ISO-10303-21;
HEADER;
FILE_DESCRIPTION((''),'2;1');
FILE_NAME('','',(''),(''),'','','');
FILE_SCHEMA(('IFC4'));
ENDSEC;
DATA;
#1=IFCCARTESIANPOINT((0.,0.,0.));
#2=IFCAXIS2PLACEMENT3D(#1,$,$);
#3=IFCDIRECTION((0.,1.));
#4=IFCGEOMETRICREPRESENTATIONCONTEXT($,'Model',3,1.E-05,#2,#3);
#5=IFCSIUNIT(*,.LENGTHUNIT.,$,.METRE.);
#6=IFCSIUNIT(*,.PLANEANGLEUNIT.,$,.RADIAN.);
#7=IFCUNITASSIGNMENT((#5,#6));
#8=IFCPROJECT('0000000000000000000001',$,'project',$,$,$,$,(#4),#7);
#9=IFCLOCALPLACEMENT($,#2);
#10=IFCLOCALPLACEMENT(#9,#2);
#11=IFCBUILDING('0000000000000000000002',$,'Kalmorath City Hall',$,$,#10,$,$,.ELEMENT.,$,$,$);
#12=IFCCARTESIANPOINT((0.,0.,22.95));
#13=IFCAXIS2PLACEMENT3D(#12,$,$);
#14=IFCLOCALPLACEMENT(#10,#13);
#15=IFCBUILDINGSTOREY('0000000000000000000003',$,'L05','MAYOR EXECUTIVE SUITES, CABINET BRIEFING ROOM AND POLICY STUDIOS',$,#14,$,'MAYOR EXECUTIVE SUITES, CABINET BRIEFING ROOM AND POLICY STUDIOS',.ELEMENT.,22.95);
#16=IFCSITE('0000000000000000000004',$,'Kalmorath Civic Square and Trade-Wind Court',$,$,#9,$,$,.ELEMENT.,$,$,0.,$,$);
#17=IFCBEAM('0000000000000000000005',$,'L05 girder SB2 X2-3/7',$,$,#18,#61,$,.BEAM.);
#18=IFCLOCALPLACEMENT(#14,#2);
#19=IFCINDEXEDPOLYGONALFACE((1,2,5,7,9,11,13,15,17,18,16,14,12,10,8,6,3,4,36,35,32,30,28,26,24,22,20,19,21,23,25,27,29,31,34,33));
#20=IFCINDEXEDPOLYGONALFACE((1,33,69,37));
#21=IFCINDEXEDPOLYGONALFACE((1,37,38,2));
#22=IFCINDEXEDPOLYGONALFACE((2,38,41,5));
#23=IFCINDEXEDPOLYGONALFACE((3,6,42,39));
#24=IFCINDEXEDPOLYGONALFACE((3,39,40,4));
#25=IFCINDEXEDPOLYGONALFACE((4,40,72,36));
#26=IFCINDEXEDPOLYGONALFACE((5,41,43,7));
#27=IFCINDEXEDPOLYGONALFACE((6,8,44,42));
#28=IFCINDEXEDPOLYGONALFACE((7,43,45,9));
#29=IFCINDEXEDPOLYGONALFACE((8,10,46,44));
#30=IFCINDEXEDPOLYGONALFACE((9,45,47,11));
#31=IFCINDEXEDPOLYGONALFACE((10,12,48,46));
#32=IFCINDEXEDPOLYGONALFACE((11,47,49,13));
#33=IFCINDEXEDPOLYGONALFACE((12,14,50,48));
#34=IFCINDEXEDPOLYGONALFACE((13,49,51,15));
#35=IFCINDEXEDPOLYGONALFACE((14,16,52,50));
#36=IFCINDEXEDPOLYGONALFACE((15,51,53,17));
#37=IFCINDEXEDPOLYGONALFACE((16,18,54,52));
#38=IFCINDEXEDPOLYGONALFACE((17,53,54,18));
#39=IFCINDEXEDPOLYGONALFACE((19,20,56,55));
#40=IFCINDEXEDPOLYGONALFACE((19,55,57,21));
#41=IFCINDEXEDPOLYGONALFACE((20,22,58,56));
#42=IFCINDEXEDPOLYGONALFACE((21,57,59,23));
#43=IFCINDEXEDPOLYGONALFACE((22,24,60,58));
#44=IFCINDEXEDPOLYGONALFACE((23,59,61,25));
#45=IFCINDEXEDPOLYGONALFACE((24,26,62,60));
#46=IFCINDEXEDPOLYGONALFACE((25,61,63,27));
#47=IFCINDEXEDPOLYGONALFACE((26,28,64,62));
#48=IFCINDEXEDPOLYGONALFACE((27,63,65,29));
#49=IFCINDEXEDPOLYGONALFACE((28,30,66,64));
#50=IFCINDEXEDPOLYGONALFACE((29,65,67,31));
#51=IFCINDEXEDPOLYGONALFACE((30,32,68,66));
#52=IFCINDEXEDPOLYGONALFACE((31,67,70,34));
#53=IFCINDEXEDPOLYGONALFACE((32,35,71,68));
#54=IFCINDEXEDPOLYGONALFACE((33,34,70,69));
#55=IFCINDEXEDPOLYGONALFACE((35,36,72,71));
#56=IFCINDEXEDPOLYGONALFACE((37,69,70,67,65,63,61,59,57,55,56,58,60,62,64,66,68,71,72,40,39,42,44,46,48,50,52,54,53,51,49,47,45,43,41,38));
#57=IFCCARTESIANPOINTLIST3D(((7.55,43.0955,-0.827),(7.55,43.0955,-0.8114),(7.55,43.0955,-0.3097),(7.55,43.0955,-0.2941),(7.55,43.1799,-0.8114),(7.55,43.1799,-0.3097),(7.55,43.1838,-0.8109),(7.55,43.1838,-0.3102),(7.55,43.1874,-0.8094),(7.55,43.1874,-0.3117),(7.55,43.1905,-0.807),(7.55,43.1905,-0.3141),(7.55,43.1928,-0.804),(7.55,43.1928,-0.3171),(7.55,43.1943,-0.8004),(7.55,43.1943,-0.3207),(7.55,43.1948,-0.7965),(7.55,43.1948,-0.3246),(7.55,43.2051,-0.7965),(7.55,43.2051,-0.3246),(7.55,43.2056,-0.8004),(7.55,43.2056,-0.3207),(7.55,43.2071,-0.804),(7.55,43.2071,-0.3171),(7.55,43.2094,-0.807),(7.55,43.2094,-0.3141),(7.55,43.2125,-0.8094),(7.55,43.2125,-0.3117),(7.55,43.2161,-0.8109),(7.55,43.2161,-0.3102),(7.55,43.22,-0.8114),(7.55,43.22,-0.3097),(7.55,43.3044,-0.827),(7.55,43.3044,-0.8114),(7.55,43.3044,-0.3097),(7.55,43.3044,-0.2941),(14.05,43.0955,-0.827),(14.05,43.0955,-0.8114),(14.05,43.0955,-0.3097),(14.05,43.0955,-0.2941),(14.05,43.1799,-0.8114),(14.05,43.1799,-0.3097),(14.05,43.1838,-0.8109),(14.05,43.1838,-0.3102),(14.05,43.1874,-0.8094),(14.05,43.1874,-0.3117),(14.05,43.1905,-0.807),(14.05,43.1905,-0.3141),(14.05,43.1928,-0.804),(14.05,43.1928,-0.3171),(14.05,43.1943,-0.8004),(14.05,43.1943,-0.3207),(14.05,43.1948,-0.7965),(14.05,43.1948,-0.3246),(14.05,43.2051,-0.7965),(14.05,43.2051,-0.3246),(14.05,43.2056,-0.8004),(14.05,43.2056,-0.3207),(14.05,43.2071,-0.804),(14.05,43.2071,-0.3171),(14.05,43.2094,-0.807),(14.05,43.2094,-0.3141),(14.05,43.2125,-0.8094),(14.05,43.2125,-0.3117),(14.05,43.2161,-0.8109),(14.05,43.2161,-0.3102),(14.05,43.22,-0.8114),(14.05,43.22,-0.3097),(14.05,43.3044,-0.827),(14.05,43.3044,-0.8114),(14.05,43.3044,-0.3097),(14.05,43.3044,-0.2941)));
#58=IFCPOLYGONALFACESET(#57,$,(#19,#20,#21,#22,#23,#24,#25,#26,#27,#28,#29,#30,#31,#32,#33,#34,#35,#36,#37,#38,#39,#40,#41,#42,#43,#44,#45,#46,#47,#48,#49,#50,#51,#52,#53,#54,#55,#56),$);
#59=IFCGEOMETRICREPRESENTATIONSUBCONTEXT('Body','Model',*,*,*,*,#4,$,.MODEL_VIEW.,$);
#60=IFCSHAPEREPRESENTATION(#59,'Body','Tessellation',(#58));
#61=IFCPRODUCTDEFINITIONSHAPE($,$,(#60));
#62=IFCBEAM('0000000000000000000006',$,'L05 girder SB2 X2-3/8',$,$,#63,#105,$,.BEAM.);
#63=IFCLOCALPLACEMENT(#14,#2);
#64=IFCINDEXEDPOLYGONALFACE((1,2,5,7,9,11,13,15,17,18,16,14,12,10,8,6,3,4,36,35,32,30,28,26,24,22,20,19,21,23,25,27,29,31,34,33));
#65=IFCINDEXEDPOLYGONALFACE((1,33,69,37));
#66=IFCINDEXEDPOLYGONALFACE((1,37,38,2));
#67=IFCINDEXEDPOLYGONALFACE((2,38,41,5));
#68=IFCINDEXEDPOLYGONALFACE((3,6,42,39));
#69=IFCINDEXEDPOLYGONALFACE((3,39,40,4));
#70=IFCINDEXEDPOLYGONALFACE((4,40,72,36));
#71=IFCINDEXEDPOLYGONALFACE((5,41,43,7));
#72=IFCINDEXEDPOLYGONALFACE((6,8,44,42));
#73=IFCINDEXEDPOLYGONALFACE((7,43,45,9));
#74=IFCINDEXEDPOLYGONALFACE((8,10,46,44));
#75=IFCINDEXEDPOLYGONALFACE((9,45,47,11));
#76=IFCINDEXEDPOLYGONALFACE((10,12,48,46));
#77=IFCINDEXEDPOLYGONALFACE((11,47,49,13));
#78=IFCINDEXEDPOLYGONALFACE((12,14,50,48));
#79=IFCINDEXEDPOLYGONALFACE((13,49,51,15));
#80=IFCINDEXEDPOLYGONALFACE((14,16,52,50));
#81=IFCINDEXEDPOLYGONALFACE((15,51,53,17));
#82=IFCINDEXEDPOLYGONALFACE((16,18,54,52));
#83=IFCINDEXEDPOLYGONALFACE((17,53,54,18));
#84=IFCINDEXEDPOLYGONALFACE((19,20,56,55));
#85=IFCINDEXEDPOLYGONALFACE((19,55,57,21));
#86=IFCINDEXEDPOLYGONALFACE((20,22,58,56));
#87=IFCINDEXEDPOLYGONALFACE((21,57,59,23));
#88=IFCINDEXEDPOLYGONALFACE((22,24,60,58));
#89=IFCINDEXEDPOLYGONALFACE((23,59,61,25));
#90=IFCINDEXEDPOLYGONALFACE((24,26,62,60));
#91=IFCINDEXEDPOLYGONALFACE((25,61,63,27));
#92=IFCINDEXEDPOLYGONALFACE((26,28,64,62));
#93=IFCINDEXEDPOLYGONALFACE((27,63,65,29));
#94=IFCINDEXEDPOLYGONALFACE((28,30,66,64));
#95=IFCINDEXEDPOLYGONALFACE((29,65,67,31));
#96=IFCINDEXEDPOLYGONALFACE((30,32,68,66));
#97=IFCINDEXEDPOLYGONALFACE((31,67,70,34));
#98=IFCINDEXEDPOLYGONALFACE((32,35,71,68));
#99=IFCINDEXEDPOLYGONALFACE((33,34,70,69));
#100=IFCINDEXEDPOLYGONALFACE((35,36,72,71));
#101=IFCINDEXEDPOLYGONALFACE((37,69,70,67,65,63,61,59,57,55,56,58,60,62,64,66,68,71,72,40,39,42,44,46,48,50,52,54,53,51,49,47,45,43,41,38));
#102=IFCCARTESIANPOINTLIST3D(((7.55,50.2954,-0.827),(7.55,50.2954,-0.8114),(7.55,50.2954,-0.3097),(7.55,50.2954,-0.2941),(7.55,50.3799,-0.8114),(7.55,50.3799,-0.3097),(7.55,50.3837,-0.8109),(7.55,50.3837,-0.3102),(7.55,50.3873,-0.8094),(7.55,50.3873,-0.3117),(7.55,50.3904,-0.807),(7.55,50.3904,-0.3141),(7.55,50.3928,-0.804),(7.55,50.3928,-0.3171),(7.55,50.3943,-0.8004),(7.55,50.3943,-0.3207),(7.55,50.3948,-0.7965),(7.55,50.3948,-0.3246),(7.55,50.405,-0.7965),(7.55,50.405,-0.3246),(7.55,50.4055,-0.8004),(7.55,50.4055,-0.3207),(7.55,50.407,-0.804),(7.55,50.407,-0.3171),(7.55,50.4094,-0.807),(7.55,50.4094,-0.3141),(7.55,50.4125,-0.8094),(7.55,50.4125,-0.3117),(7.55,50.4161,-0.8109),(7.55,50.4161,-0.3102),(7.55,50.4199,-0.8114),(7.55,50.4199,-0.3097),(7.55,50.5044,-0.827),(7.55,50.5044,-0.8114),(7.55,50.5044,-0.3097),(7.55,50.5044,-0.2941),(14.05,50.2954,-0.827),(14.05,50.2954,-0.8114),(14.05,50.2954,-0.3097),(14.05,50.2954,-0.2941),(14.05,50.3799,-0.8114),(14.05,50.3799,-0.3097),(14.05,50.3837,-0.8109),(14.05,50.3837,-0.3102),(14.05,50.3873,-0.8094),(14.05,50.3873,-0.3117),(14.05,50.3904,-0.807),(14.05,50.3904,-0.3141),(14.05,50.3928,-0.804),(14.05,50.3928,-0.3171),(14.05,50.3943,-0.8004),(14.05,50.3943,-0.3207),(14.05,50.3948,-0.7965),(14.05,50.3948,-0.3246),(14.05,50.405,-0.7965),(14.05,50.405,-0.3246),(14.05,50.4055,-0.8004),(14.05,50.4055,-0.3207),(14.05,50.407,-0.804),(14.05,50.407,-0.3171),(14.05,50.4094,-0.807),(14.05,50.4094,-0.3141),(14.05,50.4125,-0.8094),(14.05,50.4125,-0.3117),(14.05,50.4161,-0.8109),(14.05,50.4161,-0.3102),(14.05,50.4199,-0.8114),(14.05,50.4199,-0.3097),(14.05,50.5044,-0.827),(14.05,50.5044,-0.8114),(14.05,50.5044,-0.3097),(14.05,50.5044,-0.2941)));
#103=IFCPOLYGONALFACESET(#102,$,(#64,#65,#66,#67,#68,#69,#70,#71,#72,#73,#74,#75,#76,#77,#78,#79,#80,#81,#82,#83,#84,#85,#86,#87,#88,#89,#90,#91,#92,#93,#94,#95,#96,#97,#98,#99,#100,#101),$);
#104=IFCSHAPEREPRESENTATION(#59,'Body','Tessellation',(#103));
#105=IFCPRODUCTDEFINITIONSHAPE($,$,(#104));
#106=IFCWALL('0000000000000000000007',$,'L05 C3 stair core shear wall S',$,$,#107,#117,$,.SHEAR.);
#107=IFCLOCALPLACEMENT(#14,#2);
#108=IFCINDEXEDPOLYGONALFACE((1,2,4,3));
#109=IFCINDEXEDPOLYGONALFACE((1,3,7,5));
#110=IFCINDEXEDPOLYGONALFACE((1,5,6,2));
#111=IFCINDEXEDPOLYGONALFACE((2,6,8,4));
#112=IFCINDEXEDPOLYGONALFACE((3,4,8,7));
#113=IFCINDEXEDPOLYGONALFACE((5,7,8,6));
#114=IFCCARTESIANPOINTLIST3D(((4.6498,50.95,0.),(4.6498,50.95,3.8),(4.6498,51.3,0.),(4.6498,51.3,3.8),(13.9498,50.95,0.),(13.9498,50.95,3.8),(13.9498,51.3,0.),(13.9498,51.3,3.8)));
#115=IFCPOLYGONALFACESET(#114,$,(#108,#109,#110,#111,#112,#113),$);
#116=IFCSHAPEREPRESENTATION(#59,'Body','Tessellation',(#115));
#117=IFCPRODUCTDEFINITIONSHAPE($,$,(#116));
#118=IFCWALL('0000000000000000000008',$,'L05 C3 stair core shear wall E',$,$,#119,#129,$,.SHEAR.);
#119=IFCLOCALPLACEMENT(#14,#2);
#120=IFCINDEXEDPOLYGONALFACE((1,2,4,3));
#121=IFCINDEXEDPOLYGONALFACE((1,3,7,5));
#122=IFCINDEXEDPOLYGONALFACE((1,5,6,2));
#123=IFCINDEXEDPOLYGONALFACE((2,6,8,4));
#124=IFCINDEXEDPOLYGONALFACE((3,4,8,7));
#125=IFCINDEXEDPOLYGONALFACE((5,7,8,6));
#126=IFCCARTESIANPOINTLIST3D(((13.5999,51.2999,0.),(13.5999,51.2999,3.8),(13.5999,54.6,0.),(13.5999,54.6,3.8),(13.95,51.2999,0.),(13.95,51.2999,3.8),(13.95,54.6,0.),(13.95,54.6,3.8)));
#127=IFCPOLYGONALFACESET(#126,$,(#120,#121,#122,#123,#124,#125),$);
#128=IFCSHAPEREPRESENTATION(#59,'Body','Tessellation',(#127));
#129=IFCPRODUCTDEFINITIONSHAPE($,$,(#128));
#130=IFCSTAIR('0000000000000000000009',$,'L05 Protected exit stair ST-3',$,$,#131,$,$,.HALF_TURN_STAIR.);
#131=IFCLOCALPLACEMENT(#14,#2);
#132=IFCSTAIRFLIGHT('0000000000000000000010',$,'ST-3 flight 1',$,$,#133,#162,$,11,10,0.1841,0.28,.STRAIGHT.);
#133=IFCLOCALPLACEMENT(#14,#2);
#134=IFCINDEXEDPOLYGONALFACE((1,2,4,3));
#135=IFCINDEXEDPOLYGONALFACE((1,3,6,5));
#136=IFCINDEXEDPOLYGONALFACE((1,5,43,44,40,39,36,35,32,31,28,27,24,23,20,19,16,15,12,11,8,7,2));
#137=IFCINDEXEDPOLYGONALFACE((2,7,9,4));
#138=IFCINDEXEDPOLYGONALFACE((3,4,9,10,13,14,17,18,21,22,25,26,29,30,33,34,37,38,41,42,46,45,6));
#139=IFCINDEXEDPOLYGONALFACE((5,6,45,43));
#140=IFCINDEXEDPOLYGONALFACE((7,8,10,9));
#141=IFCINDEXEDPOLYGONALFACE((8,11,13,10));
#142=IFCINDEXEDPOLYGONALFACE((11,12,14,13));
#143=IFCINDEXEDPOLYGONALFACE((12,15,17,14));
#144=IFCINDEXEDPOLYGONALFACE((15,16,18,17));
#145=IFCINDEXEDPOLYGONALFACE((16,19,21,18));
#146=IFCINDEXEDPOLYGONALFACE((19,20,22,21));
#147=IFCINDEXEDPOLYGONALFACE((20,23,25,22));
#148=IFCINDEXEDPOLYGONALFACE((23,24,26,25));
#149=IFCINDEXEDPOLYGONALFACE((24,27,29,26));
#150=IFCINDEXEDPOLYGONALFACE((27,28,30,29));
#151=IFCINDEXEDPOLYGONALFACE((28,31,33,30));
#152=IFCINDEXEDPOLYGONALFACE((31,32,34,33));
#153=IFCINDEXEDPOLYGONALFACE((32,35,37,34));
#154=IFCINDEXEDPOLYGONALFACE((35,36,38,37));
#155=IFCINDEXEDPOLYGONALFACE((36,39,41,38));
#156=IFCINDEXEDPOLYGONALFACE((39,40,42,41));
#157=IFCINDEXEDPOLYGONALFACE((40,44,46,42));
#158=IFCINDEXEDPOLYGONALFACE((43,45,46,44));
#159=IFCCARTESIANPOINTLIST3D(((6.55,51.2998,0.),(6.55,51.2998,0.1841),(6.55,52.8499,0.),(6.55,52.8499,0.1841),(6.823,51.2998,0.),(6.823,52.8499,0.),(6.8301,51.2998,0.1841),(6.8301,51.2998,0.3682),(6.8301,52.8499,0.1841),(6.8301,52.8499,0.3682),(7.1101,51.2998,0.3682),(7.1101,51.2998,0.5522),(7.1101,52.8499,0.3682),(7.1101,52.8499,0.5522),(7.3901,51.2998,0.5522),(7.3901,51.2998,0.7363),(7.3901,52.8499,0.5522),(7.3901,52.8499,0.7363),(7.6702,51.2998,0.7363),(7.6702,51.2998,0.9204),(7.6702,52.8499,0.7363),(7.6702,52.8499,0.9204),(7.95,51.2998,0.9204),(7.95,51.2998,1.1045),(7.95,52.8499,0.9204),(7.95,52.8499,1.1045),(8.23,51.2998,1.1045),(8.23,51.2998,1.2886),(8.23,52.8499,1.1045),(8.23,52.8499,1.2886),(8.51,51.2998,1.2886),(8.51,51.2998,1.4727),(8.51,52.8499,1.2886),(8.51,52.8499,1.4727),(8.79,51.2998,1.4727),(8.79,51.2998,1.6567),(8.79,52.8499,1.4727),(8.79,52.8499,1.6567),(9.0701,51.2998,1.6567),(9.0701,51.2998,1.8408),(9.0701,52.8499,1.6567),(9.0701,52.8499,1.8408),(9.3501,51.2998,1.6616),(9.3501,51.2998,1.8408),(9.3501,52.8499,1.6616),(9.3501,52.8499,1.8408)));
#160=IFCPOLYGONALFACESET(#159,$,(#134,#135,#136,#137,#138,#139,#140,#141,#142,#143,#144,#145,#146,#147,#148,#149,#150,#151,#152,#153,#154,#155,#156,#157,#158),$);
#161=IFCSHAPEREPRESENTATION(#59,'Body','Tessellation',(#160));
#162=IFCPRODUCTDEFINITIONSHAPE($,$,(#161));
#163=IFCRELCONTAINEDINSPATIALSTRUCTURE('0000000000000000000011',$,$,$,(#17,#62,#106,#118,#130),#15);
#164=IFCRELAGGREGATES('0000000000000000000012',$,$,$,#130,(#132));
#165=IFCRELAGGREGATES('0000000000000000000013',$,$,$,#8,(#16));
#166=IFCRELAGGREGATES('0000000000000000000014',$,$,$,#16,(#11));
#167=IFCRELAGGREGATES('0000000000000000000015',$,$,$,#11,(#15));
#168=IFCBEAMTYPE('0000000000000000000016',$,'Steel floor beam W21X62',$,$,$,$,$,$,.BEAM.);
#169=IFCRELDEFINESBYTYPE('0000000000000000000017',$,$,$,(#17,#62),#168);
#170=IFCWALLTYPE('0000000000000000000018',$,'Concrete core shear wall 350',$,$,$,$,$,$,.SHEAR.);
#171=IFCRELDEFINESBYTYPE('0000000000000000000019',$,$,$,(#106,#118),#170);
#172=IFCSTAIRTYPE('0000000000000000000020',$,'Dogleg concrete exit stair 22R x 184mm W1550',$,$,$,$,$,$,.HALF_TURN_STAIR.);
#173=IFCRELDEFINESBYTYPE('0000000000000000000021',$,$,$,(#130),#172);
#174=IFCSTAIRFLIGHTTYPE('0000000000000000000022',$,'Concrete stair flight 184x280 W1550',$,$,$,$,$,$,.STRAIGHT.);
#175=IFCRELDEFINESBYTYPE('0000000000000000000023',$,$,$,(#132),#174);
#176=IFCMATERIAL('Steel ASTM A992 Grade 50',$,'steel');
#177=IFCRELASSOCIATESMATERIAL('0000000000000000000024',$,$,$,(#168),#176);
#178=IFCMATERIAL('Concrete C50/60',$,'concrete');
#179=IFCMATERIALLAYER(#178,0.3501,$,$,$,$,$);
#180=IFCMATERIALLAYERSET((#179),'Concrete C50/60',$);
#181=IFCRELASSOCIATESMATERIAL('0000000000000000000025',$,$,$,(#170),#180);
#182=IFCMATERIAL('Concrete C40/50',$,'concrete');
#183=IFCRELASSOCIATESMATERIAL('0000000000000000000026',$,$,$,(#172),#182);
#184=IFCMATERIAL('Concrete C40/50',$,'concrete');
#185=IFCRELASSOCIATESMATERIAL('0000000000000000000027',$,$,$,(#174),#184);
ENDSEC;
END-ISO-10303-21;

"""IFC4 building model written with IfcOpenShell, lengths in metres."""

from ifc_helpers import new_model, si_unit, direction, frame, frame_2d, origin, origin_2d, place, context, subcontext, project, spatial, polyline, rectangle, i_section, outline, extrude, material, layer, layer_set, material_profile, profile_set, type_object, element, aggregate, save


model = new_model("IFC4")

# Units and contexts
model_context = context("Model", 3, precision=1e-05, world=origin(), true_north=direction((0.0, 1.0)))
body_context = subcontext(model_context, "Body", "Model", "MODEL_VIEW")
ifc_project = project(units=[si_unit("LENGTHUNIT", "METRE"), si_unit("PLANEANGLEUNIT", "RADIAN")], contexts=[model_context])

# Site, building, storey
site_placement = place(None, origin())
site = spatial("IfcSite", under=ifc_project, at=site_placement, Name="Kalmorath Civic Square and Trade-Wind Court", CompositionType="ELEMENT", RefElevation=0.0)
building_placement = place(site_placement, origin())
building = spatial("IfcBuilding", under=site, at=building_placement, Name="Kalmorath City Hall", CompositionType="ELEMENT")
storey_placement = place(building_placement, frame((0.0, 0.0, 22.95)))
storey = spatial("IfcBuildingStorey", under=building, at=storey_placement, Name="L05", Description="MAYOR EXECUTIVE SUITES, CABINET BRIEFING ROOM AND POLICY STUDIOS", LongName="MAYOR EXECUTIVE SUITES, CABINET BRIEFING ROOM AND POLICY STUDIOS", CompositionType="ELEMENT", Elevation=22.95)

# Beams
ifc_material_1 = material(Name="Steel ASTM A992 Grade 50", Category="steel")
ifc_material_profile_1 = material_profile(ifc_material_1, i_section(OverallWidth=0.209, OverallDepth=0.533, WebThickness=0.0103, FlangeThickness=0.0156, FilletRadius=0.0149, at=origin_2d()), Name="W21X62")
ifc_profile_set_1 = profile_set([ifc_material_profile_1], Name="Steel ASTM A992 Grade 50")
beam_type_1 = type_object("IfcBeamType", Name="Steel floor beam W21X62", PredefinedType="BEAM", material=ifc_profile_set_1)
for number, where, z_axis, x_axis, name in (
    (1, (7.55, 43.2, -0.5605), (1.0, 0.0, 0.0), (0.0, 1.0, 0.0), "L05 girder SB2 X2-3/7"),
    (2, (7.55, 50.3999, -0.5605), (1.0, 0.0, 0.0), (0.0, 1.0, 0.0), "L05 girder SB2 X2-3/8"),
):
    element("IfcBeam", number, at=place(storey_placement, frame(where, z_axis=z_axis, x_axis=x_axis)), inside=storey, type_object=beam_type_1, Name=name, PredefinedType="BEAM", context=body_context, shape_type="SweptSolid", body=[
        extrude(i_section(OverallWidth=0.209, OverallDepth=0.533, WebThickness=0.0103, FlangeThickness=0.0156, FilletRadius=0.0149, at=origin_2d()), origin(), (0.0, 0.0, 1.0), 6.5),
    ])

# Walls
ifc_material_2 = material(Name="Concrete C50/60", Category="concrete")
ifc_layer = layer(ifc_material_2, 0.3501)
ifc_layer_set = layer_set([ifc_layer], Name="Concrete C50/60")
wall_type = type_object("IfcWallType", Name="Concrete core shear wall 350", PredefinedType="SHEAR", material=ifc_layer_set)
wall_1_placement = place(storey_placement, frame((4.6499, 51.125, 0.0), z_axis=(0.0, 0.0, 1.0), x_axis=(1.0, 0.0, 0.0)))
element("IfcWall", 3, at=wall_1_placement, inside=storey, type_object=wall_type, Name="L05 C3 stair core shear wall S", PredefinedType="SHEAR", context=body_context, shape_type="SweptSolid", body=[
    extrude(rectangle(XDim=9.3, YDim=0.3501, at=frame_2d((4.6499, 0.0))), origin(), (0.0, 0.0, 1.0), 3.8),
])
wall_2_placement = place(storey_placement, frame((13.7749, 51.3, 0.0), z_axis=(0.0, 0.0, 1.0), x_axis=(0.0, 1.0, 0.0)))
element("IfcWall", 4, at=wall_2_placement, inside=storey, type_object=wall_type, Name="L05 C3 stair core shear wall E", PredefinedType="SHEAR", context=body_context, shape_type="SweptSolid", body=[
    extrude(rectangle(XDim=3.3, YDim=0.3501, at=frame_2d((1.6499, 0.0))), origin(), (0.0, 0.0, 1.0), 3.8),
])

# Stair, stair flight
ifc_material_3 = material(Name="Concrete C40/50", Category="concrete")
stair_type = type_object("IfcStairType", Name="Dogleg concrete exit stair 22R x 184mm W1550", PredefinedType="HALF_TURN_STAIR", material=ifc_material_3)
stair_placement = place(storey_placement, origin())
stair = element("IfcStair", 5, at=stair_placement, inside=storey, type_object=stair_type, Name="L05 Protected exit stair ST-3", PredefinedType="HALF_TURN_STAIR")
ifc_material_4 = material(Name="Concrete C40/50", Category="concrete")
stair_flight_type = type_object("IfcStairFlightType", Name="Concrete stair flight 184x280 W1550", PredefinedType="STRAIGHT", material=ifc_material_4)
stair_flight_placement = place(storey_placement, frame((6.55, 52.075, 0.0), z_axis=(0.0, 0.0, 1.0), x_axis=(1.0, 0.0, 0.0)))
stair_flight = element("IfcStairFlight", 6, at=stair_flight_placement, type_object=stair_flight_type, Name="ST-3 flight 1", NumberOfRisers=11, NumberOfTreads=10, PredefinedType="STRAIGHT", RiserHeight=0.1841, TreadLength=0.28, context=body_context, shape_type="SweptSolid", body=[
    extrude(outline(polyline([(0.0, 0.0), (0.0, 0.1841), (0.28, 0.1841), (0.28, 0.3682), (0.5601, 0.3682), (0.5601, 0.5522), (0.8401, 0.5522), (0.8401, 0.7363), (1.1201, 0.7363), (1.1201, 0.9204), (1.3999, 0.9204), (1.3999, 1.1045), (1.6799, 1.1045), (1.6799, 1.2886), (1.96, 1.2886), (1.96, 1.4727), (2.24, 1.4727), (2.24, 1.6567), (2.52, 1.6567), (2.52, 1.8408), (2.8, 1.8408), (2.8, 2.0249), (2.8, 1.6616), (0.2729, 0.0), (0.0, 0.0)])), frame((0.0, 0.7749, 0.0), z_axis=(0.0, -1.0, 0.0), x_axis=(1.0, 0.0, 0.0)), (0.0, 0.0, 1.0), 1.55),
])
aggregate(stair, [stair_flight])

save(model, "model.ifc")
